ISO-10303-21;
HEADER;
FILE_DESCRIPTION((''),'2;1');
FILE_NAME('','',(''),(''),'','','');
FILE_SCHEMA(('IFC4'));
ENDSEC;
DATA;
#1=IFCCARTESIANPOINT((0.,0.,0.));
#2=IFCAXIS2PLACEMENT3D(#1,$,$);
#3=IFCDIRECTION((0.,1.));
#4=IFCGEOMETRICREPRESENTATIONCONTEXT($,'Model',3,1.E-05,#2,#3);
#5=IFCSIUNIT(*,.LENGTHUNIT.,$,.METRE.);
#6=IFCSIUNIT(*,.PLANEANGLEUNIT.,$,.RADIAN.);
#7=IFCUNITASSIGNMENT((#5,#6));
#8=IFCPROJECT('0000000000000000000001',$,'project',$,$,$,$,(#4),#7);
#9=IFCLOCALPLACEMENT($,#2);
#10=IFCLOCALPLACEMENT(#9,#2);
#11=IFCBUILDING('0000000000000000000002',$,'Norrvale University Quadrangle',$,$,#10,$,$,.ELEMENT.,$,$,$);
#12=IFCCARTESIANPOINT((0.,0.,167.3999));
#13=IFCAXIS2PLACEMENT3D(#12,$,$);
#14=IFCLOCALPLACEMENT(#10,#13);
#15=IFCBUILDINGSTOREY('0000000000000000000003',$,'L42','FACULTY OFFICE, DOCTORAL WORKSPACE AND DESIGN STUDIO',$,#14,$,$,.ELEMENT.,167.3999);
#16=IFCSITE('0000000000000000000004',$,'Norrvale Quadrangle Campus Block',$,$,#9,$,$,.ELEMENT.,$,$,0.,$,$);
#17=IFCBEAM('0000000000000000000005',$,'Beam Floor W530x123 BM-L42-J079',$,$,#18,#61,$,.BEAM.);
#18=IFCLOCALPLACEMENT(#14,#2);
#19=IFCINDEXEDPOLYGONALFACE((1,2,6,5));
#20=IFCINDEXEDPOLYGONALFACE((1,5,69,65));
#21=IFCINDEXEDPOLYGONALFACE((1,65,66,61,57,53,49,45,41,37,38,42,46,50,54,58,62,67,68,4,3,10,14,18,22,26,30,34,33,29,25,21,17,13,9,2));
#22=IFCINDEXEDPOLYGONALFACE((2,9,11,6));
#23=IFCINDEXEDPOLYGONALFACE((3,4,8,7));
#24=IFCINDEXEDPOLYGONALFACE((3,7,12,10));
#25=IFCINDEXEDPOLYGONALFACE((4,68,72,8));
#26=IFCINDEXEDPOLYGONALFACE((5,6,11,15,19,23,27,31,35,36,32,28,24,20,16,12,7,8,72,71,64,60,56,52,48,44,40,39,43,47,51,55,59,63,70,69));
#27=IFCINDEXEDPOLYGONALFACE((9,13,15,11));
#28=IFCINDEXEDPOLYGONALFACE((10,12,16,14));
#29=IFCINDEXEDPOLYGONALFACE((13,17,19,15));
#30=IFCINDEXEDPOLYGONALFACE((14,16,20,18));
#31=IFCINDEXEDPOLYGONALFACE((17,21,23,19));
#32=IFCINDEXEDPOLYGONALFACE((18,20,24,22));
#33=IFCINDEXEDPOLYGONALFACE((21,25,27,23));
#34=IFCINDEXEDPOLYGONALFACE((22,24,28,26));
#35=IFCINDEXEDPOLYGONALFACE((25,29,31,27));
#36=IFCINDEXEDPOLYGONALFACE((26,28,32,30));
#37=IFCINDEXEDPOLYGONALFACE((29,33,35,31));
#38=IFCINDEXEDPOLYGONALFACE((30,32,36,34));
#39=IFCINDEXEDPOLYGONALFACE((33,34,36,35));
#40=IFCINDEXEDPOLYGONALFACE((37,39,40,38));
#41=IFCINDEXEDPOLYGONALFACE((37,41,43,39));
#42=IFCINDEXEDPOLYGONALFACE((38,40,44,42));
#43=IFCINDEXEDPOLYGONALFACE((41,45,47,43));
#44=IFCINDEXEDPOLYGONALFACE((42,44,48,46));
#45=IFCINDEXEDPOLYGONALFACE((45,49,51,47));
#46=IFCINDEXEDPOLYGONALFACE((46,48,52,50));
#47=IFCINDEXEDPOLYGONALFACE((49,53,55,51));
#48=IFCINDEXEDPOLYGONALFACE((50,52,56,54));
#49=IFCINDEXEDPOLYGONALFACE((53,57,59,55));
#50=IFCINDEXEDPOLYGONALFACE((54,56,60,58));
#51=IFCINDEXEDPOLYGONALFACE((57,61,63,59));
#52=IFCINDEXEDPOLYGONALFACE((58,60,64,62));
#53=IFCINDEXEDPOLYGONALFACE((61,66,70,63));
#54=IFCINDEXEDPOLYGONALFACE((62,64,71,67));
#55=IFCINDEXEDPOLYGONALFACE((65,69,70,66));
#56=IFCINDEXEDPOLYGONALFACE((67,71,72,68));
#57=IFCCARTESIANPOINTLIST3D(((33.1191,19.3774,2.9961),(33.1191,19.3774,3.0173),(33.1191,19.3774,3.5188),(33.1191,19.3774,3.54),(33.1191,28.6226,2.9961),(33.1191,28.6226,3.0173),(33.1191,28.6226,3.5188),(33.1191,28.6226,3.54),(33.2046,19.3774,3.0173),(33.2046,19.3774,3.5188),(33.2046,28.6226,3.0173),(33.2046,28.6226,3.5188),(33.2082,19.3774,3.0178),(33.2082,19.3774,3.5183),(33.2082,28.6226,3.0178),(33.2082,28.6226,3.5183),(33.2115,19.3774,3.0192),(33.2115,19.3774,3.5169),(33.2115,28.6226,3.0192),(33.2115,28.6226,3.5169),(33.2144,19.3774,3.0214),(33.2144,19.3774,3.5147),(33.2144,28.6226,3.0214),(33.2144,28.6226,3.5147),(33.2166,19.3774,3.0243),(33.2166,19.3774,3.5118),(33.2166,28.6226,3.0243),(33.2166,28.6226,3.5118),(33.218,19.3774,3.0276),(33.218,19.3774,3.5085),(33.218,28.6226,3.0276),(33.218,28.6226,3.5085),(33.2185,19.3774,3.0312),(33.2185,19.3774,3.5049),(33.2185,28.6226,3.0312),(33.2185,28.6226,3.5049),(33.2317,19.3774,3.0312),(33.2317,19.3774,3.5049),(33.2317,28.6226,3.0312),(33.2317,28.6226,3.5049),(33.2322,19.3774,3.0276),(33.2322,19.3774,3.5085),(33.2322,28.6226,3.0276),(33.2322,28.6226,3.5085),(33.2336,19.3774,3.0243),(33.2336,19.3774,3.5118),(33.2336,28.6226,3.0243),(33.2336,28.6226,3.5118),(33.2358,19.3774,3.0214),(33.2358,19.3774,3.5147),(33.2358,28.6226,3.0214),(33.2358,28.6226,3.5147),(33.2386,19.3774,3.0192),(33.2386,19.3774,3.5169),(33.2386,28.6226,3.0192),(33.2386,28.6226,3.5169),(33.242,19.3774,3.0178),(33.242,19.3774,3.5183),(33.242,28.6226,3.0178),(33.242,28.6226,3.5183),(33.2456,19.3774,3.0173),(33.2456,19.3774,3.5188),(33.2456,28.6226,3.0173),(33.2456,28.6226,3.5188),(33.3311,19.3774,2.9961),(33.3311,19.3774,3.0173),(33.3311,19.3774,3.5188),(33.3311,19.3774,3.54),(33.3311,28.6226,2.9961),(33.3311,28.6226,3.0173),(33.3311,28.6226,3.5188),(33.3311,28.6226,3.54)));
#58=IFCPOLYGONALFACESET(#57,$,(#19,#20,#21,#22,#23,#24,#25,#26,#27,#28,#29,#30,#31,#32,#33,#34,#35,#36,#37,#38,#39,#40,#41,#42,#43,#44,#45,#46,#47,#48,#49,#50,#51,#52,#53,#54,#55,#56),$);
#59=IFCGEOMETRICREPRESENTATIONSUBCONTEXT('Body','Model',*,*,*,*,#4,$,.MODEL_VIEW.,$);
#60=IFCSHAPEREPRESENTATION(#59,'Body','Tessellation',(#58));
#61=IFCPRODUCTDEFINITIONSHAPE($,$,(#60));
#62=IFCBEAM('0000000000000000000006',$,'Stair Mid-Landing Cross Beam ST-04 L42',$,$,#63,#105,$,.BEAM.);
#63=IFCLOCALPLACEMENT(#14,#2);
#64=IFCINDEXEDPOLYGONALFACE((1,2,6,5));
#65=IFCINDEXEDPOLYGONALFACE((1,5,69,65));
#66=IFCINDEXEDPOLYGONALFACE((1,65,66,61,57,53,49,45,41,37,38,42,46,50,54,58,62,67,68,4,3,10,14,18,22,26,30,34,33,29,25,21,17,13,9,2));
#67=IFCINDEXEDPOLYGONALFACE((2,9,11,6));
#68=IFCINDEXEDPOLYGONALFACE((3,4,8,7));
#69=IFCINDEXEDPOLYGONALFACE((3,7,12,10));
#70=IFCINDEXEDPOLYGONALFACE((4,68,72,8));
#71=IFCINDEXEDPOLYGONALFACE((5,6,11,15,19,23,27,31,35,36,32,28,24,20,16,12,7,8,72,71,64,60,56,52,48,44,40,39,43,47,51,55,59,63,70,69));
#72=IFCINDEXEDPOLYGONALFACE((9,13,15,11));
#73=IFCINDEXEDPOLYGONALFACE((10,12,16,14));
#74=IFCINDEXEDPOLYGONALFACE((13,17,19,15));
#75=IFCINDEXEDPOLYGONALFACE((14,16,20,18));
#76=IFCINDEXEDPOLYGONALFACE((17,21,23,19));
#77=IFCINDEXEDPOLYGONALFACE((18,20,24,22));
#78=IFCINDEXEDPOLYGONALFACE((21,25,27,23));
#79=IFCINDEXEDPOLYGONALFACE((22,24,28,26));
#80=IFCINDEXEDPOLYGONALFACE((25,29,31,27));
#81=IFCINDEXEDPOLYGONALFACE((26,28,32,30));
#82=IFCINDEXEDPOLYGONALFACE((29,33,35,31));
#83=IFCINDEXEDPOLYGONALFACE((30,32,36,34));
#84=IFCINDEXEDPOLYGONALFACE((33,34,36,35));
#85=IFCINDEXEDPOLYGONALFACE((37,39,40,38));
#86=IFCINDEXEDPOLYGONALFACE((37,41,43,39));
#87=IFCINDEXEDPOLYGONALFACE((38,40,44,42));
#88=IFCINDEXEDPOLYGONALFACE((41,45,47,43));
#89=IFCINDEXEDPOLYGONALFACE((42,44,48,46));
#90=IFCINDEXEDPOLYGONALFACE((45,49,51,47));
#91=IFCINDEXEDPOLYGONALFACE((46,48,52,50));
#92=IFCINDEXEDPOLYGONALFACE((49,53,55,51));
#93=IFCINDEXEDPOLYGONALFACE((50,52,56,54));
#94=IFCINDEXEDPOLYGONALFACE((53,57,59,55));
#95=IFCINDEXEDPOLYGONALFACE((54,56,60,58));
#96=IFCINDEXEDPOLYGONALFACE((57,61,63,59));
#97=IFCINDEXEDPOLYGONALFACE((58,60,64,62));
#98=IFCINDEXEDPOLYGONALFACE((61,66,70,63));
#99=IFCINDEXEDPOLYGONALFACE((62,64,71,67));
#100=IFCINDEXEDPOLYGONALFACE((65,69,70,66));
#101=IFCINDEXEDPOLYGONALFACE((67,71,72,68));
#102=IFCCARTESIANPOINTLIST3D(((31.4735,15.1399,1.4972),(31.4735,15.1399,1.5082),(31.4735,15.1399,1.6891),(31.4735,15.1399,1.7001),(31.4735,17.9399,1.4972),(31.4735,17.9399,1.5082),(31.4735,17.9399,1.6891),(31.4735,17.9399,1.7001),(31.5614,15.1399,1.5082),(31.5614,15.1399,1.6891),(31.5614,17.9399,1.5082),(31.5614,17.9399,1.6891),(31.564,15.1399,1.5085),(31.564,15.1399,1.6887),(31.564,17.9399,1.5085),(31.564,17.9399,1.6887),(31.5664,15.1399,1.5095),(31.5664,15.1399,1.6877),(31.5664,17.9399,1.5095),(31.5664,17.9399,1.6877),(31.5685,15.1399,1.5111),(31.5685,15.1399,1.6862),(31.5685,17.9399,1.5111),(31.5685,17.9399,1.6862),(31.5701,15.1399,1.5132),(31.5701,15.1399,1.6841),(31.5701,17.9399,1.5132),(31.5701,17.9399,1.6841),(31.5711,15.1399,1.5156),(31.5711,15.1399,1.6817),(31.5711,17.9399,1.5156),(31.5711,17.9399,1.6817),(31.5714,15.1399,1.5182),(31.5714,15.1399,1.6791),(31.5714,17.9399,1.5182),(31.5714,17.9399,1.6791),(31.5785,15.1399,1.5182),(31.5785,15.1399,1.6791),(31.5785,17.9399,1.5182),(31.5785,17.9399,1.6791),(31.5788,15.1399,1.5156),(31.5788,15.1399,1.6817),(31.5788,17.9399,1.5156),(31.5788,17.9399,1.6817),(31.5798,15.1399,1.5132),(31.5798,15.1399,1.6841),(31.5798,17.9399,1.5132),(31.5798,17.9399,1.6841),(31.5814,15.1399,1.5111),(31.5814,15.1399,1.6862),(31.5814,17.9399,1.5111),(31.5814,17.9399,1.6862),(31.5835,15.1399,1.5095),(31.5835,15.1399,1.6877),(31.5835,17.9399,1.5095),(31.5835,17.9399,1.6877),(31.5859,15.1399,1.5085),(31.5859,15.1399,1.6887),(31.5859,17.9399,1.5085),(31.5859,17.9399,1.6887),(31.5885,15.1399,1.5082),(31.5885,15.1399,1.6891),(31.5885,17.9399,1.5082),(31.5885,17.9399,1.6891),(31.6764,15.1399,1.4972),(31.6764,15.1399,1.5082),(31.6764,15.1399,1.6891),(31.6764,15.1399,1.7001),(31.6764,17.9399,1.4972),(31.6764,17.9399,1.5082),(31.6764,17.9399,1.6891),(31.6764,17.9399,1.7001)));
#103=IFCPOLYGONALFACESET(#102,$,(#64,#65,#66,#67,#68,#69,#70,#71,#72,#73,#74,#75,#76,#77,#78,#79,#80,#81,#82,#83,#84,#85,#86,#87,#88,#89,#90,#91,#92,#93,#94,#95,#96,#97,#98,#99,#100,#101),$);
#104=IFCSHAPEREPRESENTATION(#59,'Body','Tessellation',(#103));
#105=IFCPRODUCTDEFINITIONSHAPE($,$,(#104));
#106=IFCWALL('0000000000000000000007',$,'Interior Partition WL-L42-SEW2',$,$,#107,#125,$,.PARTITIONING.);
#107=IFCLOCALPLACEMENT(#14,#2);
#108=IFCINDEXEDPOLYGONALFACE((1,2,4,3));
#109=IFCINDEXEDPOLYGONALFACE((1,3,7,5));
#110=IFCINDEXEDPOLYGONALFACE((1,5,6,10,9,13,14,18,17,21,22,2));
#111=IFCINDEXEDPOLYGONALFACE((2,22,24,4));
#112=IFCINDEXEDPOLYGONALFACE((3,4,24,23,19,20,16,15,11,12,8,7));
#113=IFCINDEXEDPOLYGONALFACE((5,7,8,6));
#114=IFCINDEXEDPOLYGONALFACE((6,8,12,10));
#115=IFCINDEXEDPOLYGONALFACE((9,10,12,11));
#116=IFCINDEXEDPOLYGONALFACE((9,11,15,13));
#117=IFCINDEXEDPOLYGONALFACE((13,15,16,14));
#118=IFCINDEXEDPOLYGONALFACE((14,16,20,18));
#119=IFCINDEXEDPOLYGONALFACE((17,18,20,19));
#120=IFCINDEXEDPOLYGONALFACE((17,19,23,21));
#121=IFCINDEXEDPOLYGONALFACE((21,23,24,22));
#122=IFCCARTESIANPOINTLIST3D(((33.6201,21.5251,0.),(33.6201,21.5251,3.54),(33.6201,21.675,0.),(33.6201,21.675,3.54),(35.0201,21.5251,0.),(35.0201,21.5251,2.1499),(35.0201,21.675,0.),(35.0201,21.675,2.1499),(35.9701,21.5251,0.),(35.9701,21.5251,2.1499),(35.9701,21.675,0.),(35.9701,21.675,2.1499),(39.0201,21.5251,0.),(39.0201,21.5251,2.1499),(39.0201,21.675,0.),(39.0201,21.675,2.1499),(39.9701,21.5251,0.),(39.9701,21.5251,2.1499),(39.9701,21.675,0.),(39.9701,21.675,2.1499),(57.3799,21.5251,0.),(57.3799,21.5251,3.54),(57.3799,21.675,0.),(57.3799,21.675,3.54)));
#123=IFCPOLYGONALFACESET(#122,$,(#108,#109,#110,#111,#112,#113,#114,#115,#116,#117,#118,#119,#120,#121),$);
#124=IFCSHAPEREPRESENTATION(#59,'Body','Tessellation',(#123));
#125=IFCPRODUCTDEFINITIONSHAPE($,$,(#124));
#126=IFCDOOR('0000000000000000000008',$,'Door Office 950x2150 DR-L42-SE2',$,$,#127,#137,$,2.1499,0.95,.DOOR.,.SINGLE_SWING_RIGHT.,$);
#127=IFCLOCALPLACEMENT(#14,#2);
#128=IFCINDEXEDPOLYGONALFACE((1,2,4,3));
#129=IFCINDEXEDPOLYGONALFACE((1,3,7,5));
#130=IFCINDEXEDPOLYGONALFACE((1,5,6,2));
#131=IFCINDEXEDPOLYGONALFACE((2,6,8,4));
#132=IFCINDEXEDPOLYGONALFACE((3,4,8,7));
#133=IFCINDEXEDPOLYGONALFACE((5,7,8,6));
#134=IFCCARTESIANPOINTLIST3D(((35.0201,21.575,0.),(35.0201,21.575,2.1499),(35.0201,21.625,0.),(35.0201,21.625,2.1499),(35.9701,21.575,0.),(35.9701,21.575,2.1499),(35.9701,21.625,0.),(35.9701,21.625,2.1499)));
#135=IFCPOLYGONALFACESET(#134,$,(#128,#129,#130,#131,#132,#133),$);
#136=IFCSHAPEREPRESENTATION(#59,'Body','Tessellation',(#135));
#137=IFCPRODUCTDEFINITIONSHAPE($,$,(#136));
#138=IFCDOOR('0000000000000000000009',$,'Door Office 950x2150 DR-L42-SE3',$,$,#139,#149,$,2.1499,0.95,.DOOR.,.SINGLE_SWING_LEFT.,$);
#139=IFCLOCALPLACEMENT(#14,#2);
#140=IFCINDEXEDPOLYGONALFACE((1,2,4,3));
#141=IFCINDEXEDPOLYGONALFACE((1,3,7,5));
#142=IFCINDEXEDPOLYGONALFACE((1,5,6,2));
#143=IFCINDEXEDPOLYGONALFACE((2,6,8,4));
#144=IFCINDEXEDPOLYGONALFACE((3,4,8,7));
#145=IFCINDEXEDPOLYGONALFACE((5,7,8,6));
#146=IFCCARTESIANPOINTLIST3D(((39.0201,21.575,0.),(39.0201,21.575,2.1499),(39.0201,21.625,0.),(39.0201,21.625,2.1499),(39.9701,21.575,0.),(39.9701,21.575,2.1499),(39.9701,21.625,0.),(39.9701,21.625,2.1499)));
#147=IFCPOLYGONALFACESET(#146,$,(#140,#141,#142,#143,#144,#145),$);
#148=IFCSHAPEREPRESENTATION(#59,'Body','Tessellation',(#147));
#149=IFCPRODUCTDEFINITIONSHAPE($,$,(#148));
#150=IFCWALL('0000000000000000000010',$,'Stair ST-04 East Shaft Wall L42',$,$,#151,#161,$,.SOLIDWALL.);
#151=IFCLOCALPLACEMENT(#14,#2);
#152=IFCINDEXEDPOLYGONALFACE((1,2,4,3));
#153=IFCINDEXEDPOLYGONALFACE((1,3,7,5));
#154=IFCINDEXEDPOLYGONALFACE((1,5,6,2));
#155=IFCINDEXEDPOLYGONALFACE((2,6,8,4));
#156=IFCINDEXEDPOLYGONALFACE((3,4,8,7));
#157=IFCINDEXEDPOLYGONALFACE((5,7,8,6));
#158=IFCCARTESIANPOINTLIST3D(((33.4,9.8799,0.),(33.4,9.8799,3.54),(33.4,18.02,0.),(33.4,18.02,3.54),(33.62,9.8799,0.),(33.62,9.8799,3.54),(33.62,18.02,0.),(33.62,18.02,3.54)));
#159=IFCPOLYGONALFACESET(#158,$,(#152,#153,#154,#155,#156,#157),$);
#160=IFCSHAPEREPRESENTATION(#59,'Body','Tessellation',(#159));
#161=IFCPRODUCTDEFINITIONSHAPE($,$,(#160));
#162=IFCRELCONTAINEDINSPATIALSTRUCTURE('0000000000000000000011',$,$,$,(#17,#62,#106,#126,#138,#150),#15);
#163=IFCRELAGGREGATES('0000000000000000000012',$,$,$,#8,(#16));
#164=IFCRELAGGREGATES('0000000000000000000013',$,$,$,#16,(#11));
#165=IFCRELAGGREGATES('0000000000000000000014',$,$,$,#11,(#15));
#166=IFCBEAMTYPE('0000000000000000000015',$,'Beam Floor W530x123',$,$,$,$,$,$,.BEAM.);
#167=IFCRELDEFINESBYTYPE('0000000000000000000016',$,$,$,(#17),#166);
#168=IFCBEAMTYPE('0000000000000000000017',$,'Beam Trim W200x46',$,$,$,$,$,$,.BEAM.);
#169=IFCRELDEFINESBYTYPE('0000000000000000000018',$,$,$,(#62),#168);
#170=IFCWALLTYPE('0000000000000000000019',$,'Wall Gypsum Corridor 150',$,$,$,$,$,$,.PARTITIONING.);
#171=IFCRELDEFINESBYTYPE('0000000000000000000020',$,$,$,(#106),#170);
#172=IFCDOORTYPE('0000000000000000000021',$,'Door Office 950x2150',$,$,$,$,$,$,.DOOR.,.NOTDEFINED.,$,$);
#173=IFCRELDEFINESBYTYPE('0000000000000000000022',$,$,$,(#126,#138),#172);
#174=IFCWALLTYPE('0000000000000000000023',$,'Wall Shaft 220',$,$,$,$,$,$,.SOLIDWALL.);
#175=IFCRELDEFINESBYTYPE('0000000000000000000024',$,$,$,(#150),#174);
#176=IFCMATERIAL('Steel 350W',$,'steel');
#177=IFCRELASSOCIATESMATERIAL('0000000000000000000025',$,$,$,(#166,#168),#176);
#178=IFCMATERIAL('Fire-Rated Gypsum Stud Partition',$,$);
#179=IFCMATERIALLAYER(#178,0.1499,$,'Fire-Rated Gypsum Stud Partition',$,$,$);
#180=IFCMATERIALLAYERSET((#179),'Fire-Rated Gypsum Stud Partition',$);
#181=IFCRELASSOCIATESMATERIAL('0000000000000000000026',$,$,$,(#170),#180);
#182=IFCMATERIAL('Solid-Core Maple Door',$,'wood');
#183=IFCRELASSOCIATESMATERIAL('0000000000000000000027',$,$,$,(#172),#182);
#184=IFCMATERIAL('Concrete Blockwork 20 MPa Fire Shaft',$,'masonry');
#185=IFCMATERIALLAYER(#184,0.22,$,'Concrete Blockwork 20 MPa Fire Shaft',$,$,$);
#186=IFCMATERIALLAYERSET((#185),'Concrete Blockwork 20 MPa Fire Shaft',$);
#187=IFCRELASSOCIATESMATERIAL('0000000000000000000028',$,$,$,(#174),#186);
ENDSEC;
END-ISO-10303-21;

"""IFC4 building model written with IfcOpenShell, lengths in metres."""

from ifc_helpers import new_model, si_unit, direction, frame, frame_2d, origin, origin_2d, place, context, subcontext, project, spatial, rectangle, i_section, extrude, material, layer, layer_set, material_profile, profile_set, type_object, element, fill, save


model = new_model("IFC4")

# Units and contexts
model_context = context("Model", 3, precision=1e-05, world=origin(), true_north=direction((0.0, 1.0)))
body_context = subcontext(model_context, "Body", "Model", "MODEL_VIEW")
ifc_project = project(units=[si_unit("LENGTHUNIT", "METRE"), si_unit("PLANEANGLEUNIT", "RADIAN")], contexts=[model_context])

# Site, building, storey
site_placement = place(None, origin())
site = spatial("IfcSite", under=ifc_project, at=site_placement, Name="Norrvale Quadrangle Campus Block", CompositionType="ELEMENT", RefElevation=0.0)
building_placement = place(site_placement, origin())
building = spatial("IfcBuilding", under=site, at=building_placement, Name="Norrvale University Quadrangle", CompositionType="ELEMENT")
storey_placement = place(building_placement, frame((0.0, 0.0, 167.3999)))
storey = spatial("IfcBuildingStorey", under=building, at=storey_placement, Name="L42", Description="FACULTY OFFICE, DOCTORAL WORKSPACE AND DESIGN STUDIO", CompositionType="ELEMENT", Elevation=167.3999)

# Beams
ifc_material_1 = material(Name="Steel 350W", Category="steel")
ifc_material_profile_1 = material_profile(ifc_material_1, i_section(OverallWidth=0.2119, OverallDepth=0.5439, WebThickness=0.0132, FlangeThickness=0.0212, FilletRadius=0.0139, at=origin_2d()), Name="Steel 350W")
ifc_profile_set_1 = profile_set([ifc_material_profile_1], Name="Steel 350W")
beam_type_1 = type_object("IfcBeamType", Name="Beam Floor W530x123", PredefinedType="BEAM", material=ifc_profile_set_1)
beam_1_placement = place(storey_placement, frame((33.2251, 19.3774, 3.2681), z_axis=(0.0, 1.0, 0.0), x_axis=(-1.0, 0.0, 0.0)))
element("IfcBeam", 1, at=beam_1_placement, inside=storey, type_object=beam_type_1, Name="Beam Floor W530x123 BM-L42-J079", PredefinedType="BEAM", context=body_context, shape_type="SweptSolid", body=[
    extrude(i_section(OverallWidth=0.2119, OverallDepth=0.5439, WebThickness=0.0132, FlangeThickness=0.0212, FilletRadius=0.0139, at=origin_2d()), origin(), (0.0, 0.0, 1.0), 9.2451),
])
ifc_material_profile_2 = material_profile(ifc_material_1, i_section(OverallWidth=0.2029, OverallDepth=0.2029, WebThickness=0.0071, FlangeThickness=0.011, FilletRadius=0.01, at=origin_2d()), Name="Steel 350W")
ifc_profile_set_2 = profile_set([ifc_material_profile_2], Name="Steel 350W")
beam_type_2 = type_object("IfcBeamType", Name="Beam Trim W200x46", PredefinedType="BEAM", material=ifc_profile_set_2)
beam_2_placement = place(storey_placement, frame((31.575, 15.1399, 1.5986), z_axis=(0.0, 1.0, 0.0), x_axis=(-1.0, 0.0, 0.0)))
element("IfcBeam", 2, at=beam_2_placement, inside=storey, type_object=beam_type_2, Name="Stair Mid-Landing Cross Beam ST-04 L42", PredefinedType="BEAM", context=body_context, shape_type="SweptSolid", body=[
    extrude(i_section(OverallWidth=0.2029, OverallDepth=0.2029, WebThickness=0.0071, FlangeThickness=0.011, FilletRadius=0.01, at=origin_2d()), origin(), (0.0, 0.0, 1.0), 2.8),
])

# Wall, openings, doors
ifc_material_2 = material(Name="Fire-Rated Gypsum Stud Partition")
ifc_layer_1 = layer(ifc_material_2, 0.1499, Name="Fire-Rated Gypsum Stud Partition")
ifc_layer_set_1 = layer_set([ifc_layer_1], Name="Fire-Rated Gypsum Stud Partition")
wall_type_1 = type_object("IfcWallType", Name="Wall Gypsum Corridor 150", PredefinedType="PARTITIONING", material=ifc_layer_set_1)
wall_1_placement = place(storey_placement, frame((33.6201, 21.6001, 0.0), z_axis=(0.0, 0.0, 1.0), x_axis=(1.0, 0.0, 0.0)))
wall_1 = element("IfcWall", 3, at=wall_1_placement, inside=storey, type_object=wall_type_1, Name="Interior Partition WL-L42-SEW2", PredefinedType="PARTITIONING", context=body_context, shape_type="SweptSolid", body=[
    extrude(rectangle(XDim=23.7598, YDim=0.1499, at=frame_2d((11.8799, 0.0))), origin(), (0.0, 0.0, 1.0), 3.54),
])
opening_1_placement = place(wall_1_placement, frame((1.3999, 0.0, 0.0)))
opening_1 = element("IfcOpeningElement", 4, at=opening_1_placement, cuts=wall_1, PredefinedType="OPENING", context=body_context, shape_type="SweptSolid", body=[
    extrude(rectangle(XDim=0.95, YDim=2.1499, at=frame_2d((0.4751, 1.075))), frame((0.0, 0.0869, 0.0), z_axis=(0.0, -1.0, 0.0), x_axis=(1.0, 0.0, 0.0)), (0.0, 0.0, 1.0), 0.1738),
])
opening_2_placement = place(wall_1_placement, frame((5.3999, 0.0, 0.0)))
opening_2 = element("IfcOpeningElement", 5, at=opening_2_placement, cuts=wall_1, PredefinedType="OPENING", context=body_context, shape_type="SweptSolid", body=[
    extrude(rectangle(XDim=0.95, YDim=2.1499, at=frame_2d((0.4751, 1.075))), frame((0.0, 0.0869, 0.0), z_axis=(0.0, -1.0, 0.0), x_axis=(1.0, 0.0, 0.0)), (0.0, 0.0, 1.0), 0.1738),
])
ifc_material_3 = material(Name="Solid-Core Maple Door", Category="wood")
door_type = type_object("IfcDoorType", Name="Door Office 950x2150", OperationType="NOTDEFINED", PredefinedType="DOOR", material=ifc_material_3)
door_1_placement = place(opening_1_placement, origin())
door_1 = element("IfcDoor", 6, at=door_1_placement, inside=storey, type_object=door_type, Name="Door Office 950x2150 DR-L42-SE2", OperationType="SINGLE_SWING_RIGHT", OverallHeight=2.1499, OverallWidth=0.95, PredefinedType="DOOR", context=body_context, shape_type="SweptSolid", body=[
    extrude(rectangle(XDim=0.95, YDim=2.1499, at=frame_2d((0.4751, 1.075))), frame((0.0, 0.0249, 0.0), z_axis=(0.0, -1.0, 0.0), x_axis=(1.0, 0.0, 0.0)), (0.0, 0.0, 1.0), 0.05),
])
fill(opening_1, door_1)
door_2_placement = place(opening_2_placement, origin())
door_2 = element("IfcDoor", 7, at=door_2_placement, inside=storey, type_object=door_type, Name="Door Office 950x2150 DR-L42-SE3", OperationType="SINGLE_SWING_LEFT", OverallHeight=2.1499, OverallWidth=0.95, PredefinedType="DOOR", context=body_context, shape_type="SweptSolid", body=[
    extrude(rectangle(XDim=0.95, YDim=2.1499, at=frame_2d((0.4751, 1.075))), frame((0.0, 0.0249, 0.0), z_axis=(0.0, -1.0, 0.0), x_axis=(1.0, 0.0, 0.0)), (0.0, 0.0, 1.0), 0.05),
])
fill(opening_2, door_2)

# Wall
ifc_material_4 = material(Name="Concrete Blockwork 20 MPa Fire Shaft", Category="masonry")
ifc_layer_2 = layer(ifc_material_4, 0.22, Name="Concrete Blockwork 20 MPa Fire Shaft")
ifc_layer_set_2 = layer_set([ifc_layer_2], Name="Concrete Blockwork 20 MPa Fire Shaft")
wall_type_2 = type_object("IfcWallType", Name="Wall Shaft 220", PredefinedType="SOLIDWALL", material=ifc_layer_set_2)
wall_2_placement = place(storey_placement, frame((33.51, 9.8799, 0.0), z_axis=(0.0, 0.0, 1.0), x_axis=(0.0, 1.0, 0.0)))
element("IfcWall", 8, at=wall_2_placement, inside=storey, type_object=wall_type_2, Name="Stair ST-04 East Shaft Wall L42", PredefinedType="SOLIDWALL", context=body_context, shape_type="SweptSolid", body=[
    extrude(rectangle(XDim=8.1401, YDim=0.22, at=frame_2d((4.0701, 0.0))), origin(), (0.0, 0.0, 1.0), 3.54),
])

save(model, "model.ifc")
